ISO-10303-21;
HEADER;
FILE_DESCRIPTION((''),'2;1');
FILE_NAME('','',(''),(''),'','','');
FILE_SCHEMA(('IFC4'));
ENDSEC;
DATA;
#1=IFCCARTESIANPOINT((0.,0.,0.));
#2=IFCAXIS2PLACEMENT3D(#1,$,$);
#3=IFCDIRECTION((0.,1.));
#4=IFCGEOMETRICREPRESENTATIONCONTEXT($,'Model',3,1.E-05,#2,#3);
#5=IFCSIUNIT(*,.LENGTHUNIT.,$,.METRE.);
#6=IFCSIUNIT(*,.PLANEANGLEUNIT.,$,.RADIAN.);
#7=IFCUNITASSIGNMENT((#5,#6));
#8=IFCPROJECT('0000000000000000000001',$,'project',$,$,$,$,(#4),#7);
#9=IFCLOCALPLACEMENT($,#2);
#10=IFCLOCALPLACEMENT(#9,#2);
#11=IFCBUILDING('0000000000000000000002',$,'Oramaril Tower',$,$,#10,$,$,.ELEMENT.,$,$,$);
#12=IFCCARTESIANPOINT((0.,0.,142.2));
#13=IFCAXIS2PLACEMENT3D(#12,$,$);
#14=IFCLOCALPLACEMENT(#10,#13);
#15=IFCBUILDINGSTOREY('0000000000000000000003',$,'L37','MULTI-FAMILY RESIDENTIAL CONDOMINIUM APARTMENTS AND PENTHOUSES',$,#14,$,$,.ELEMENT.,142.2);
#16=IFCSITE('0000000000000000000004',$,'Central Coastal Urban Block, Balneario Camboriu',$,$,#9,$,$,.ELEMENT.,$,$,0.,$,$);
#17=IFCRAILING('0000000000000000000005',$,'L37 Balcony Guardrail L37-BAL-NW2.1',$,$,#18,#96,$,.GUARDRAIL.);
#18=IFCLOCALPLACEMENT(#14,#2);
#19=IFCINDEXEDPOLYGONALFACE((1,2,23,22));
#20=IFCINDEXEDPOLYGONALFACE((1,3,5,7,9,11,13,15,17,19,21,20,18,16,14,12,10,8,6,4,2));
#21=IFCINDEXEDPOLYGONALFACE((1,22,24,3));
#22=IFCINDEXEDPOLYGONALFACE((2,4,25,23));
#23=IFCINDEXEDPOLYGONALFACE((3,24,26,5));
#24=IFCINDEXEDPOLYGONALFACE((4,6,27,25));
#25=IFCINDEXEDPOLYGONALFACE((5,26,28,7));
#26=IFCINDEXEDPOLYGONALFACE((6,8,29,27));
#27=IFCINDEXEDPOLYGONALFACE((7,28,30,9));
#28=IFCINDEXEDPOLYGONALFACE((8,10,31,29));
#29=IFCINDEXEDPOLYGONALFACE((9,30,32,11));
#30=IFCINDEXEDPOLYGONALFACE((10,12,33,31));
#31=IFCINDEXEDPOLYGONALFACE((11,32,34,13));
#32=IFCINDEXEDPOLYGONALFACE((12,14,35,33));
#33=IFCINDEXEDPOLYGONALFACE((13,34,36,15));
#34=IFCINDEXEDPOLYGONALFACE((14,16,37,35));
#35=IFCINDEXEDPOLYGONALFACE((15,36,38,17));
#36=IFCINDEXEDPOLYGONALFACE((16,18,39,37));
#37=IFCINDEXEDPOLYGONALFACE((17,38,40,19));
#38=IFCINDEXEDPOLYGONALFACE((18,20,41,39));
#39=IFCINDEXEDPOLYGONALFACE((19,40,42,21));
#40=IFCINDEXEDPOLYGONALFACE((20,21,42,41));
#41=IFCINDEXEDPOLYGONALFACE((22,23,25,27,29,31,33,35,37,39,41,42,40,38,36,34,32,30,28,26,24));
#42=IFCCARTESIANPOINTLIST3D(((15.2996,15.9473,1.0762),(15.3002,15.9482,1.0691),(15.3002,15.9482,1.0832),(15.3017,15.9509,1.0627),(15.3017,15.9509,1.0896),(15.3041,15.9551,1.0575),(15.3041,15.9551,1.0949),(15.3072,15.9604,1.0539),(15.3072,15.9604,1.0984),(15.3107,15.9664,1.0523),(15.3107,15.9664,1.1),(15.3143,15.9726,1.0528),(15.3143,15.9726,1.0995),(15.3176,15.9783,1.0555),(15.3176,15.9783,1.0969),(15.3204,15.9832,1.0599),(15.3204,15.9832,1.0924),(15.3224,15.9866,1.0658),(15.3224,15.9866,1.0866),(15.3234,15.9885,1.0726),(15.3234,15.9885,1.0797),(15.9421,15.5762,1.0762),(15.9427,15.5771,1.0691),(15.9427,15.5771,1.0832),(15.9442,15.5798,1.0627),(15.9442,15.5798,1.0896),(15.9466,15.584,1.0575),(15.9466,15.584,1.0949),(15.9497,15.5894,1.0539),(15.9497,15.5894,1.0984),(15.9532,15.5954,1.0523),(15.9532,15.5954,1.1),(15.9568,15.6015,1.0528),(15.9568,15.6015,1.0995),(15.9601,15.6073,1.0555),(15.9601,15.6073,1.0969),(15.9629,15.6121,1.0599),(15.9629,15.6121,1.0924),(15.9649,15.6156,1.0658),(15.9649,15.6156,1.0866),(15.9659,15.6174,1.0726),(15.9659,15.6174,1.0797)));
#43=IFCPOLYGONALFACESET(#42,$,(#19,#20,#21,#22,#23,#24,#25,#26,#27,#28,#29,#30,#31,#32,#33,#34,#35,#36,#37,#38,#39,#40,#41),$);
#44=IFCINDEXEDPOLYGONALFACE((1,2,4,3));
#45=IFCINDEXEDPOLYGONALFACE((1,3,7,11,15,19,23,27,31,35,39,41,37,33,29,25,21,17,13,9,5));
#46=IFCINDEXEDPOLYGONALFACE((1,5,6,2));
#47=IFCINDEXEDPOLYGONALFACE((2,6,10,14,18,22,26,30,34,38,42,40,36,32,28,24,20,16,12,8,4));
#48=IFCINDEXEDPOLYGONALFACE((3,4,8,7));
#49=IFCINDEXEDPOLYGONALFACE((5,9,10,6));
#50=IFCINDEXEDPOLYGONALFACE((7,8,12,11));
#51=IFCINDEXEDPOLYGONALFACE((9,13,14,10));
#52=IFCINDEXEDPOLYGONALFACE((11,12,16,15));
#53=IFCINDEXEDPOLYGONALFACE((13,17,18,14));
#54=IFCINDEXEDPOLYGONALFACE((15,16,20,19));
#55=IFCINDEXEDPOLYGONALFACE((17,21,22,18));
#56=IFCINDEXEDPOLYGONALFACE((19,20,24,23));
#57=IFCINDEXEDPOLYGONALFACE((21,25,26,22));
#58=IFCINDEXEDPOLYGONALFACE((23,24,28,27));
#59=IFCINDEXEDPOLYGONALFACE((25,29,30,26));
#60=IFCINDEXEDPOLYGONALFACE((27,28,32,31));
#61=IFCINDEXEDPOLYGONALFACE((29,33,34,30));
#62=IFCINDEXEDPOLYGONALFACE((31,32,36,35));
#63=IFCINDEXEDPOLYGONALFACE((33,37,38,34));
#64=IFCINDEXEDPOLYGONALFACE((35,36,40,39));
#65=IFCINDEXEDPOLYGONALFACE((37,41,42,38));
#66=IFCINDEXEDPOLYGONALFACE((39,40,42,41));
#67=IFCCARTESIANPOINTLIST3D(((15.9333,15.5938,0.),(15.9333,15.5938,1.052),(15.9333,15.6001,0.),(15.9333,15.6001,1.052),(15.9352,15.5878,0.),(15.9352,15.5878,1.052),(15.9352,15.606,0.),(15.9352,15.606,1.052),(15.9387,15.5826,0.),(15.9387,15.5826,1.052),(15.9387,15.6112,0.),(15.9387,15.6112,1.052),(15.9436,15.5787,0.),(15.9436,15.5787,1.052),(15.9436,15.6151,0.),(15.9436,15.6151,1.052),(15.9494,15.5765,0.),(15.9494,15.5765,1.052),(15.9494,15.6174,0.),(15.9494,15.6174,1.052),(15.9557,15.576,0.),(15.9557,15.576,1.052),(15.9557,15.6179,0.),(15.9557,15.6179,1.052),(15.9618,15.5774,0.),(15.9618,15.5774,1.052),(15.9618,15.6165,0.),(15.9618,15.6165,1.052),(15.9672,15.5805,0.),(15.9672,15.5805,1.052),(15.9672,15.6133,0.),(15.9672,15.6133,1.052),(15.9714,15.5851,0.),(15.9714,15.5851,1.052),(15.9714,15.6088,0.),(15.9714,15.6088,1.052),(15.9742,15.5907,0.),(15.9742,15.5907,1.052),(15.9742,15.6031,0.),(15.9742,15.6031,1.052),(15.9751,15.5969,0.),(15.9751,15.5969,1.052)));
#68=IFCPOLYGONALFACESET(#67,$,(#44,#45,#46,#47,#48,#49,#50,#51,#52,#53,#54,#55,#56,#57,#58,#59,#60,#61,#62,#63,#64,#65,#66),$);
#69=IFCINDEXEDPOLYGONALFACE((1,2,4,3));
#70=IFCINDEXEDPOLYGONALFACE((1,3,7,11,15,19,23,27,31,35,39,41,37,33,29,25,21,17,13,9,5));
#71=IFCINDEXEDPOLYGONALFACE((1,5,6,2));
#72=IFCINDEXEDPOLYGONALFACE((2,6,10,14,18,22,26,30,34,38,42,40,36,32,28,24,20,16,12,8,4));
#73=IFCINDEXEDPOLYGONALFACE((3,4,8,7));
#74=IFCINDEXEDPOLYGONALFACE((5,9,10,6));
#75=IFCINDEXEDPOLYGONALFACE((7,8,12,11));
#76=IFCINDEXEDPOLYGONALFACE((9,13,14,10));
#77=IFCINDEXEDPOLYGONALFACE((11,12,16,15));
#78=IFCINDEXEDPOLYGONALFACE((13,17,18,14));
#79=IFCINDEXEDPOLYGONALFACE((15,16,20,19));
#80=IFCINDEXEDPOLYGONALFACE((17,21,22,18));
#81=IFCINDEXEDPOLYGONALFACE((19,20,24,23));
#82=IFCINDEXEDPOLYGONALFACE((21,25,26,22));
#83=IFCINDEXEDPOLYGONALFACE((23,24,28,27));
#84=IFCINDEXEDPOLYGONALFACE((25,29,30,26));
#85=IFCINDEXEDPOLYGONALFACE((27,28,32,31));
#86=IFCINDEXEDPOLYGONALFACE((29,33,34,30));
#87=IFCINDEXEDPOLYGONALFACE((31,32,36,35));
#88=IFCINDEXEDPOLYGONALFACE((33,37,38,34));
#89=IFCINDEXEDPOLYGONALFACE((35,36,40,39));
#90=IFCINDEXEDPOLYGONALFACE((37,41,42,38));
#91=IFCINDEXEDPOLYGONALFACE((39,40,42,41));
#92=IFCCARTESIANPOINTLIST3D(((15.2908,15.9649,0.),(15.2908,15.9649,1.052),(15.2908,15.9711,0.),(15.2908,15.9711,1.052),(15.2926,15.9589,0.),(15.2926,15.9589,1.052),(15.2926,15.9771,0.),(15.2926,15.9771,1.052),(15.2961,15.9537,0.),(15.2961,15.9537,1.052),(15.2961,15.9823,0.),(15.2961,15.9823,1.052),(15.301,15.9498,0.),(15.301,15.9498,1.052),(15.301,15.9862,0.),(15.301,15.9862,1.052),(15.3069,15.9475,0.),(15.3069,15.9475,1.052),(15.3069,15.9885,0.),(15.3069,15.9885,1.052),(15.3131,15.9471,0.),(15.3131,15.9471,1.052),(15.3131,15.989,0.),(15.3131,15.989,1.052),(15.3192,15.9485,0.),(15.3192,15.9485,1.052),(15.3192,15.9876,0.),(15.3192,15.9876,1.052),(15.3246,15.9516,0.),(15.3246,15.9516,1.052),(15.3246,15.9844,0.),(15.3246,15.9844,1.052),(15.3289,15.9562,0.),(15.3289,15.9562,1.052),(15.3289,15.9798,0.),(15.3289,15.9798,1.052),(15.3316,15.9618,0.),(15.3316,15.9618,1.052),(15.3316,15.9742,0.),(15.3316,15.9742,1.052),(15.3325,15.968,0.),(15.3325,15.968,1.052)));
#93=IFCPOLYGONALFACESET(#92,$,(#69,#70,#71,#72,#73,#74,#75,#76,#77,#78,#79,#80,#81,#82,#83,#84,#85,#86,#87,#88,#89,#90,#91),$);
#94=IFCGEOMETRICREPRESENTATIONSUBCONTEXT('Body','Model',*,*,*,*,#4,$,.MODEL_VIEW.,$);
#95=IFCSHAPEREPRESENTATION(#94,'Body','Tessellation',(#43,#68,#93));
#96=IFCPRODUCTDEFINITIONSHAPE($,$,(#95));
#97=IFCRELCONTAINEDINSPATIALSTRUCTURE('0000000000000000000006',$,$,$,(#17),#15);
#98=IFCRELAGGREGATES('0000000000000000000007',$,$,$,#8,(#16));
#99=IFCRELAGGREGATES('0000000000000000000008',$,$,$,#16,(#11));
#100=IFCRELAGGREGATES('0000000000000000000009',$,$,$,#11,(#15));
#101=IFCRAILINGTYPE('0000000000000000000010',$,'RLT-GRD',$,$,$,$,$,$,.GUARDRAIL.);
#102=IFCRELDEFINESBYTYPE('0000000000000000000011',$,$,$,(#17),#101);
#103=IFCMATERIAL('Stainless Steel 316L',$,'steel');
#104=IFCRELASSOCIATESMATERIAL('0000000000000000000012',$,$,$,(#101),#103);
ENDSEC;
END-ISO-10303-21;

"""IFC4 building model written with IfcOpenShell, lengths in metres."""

from ifc_helpers import new_model, si_unit, direction, frame, origin, origin_2d, place, context, subcontext, project, spatial, circle, extrude, material, type_object, element, save


model = new_model("IFC4")

# Units and contexts
model_context = context("Model", 3, precision=1e-05, world=origin(), true_north=direction((0.0, 1.0)))
body_context = subcontext(model_context, "Body", "Model", "MODEL_VIEW")
ifc_project = project(units=[si_unit("LENGTHUNIT", "METRE"), si_unit("PLANEANGLEUNIT", "RADIAN")], contexts=[model_context])

# Site, building, storey
site_placement = place(None, origin())
site = spatial("IfcSite", under=ifc_project, at=site_placement, Name="Central Coastal Urban Block, Balneario Camboriu", CompositionType="ELEMENT", RefElevation=0.0)
building_placement = place(site_placement, origin())
building = spatial("IfcBuilding", under=site, at=building_placement, Name="Oramaril Tower", CompositionType="ELEMENT")
storey_placement = place(building_placement, frame((0.0, 0.0, 142.2)))
storey = spatial("IfcBuildingStorey", under=building, at=storey_placement, Name="L37", Description="MULTI-FAMILY RESIDENTIAL CONDOMINIUM APARTMENTS AND PENTHOUSES", CompositionType="ELEMENT", Elevation=142.2)

# Railing
ifc_material_1 = material(Name="Stainless Steel 316L", Category="steel")
railing_type = type_object("IfcRailingType", Name="RLT-GRD", PredefinedType="GUARDRAIL", material=ifc_material_1)
railing_1_placement = place(storey_placement, frame((15.9541, 15.5969, 0.0)))
element("IfcRailing", 1, at=railing_1_placement, inside=storey, type_object=railing_type, Name="L37 Balcony Guardrail L37-BAL-NW2.1", PredefinedType="GUARDRAIL", context=body_context, shape_type="SweptSolid", body=[
    extrude(circle(Radius=0.0239, at=origin_2d()), frame((0.0, 0.0, 1.0762), z_axis=(-0.865966, 0.500102, 0.0), x_axis=(-0.500102, -0.865966, 0.0)), (0.0, 0.0, 1.0), 0.7419),
    extrude(circle(Radius=0.021, at=origin_2d()), origin(), (0.0, 0.0, 1.0), 1.052),
    extrude(circle(Radius=0.021, at=origin_2d()), frame((-0.6426, 0.3711, 0.0)), (0.0, 0.0, 1.0), 1.052),
])

save(model, "model.ifc")
